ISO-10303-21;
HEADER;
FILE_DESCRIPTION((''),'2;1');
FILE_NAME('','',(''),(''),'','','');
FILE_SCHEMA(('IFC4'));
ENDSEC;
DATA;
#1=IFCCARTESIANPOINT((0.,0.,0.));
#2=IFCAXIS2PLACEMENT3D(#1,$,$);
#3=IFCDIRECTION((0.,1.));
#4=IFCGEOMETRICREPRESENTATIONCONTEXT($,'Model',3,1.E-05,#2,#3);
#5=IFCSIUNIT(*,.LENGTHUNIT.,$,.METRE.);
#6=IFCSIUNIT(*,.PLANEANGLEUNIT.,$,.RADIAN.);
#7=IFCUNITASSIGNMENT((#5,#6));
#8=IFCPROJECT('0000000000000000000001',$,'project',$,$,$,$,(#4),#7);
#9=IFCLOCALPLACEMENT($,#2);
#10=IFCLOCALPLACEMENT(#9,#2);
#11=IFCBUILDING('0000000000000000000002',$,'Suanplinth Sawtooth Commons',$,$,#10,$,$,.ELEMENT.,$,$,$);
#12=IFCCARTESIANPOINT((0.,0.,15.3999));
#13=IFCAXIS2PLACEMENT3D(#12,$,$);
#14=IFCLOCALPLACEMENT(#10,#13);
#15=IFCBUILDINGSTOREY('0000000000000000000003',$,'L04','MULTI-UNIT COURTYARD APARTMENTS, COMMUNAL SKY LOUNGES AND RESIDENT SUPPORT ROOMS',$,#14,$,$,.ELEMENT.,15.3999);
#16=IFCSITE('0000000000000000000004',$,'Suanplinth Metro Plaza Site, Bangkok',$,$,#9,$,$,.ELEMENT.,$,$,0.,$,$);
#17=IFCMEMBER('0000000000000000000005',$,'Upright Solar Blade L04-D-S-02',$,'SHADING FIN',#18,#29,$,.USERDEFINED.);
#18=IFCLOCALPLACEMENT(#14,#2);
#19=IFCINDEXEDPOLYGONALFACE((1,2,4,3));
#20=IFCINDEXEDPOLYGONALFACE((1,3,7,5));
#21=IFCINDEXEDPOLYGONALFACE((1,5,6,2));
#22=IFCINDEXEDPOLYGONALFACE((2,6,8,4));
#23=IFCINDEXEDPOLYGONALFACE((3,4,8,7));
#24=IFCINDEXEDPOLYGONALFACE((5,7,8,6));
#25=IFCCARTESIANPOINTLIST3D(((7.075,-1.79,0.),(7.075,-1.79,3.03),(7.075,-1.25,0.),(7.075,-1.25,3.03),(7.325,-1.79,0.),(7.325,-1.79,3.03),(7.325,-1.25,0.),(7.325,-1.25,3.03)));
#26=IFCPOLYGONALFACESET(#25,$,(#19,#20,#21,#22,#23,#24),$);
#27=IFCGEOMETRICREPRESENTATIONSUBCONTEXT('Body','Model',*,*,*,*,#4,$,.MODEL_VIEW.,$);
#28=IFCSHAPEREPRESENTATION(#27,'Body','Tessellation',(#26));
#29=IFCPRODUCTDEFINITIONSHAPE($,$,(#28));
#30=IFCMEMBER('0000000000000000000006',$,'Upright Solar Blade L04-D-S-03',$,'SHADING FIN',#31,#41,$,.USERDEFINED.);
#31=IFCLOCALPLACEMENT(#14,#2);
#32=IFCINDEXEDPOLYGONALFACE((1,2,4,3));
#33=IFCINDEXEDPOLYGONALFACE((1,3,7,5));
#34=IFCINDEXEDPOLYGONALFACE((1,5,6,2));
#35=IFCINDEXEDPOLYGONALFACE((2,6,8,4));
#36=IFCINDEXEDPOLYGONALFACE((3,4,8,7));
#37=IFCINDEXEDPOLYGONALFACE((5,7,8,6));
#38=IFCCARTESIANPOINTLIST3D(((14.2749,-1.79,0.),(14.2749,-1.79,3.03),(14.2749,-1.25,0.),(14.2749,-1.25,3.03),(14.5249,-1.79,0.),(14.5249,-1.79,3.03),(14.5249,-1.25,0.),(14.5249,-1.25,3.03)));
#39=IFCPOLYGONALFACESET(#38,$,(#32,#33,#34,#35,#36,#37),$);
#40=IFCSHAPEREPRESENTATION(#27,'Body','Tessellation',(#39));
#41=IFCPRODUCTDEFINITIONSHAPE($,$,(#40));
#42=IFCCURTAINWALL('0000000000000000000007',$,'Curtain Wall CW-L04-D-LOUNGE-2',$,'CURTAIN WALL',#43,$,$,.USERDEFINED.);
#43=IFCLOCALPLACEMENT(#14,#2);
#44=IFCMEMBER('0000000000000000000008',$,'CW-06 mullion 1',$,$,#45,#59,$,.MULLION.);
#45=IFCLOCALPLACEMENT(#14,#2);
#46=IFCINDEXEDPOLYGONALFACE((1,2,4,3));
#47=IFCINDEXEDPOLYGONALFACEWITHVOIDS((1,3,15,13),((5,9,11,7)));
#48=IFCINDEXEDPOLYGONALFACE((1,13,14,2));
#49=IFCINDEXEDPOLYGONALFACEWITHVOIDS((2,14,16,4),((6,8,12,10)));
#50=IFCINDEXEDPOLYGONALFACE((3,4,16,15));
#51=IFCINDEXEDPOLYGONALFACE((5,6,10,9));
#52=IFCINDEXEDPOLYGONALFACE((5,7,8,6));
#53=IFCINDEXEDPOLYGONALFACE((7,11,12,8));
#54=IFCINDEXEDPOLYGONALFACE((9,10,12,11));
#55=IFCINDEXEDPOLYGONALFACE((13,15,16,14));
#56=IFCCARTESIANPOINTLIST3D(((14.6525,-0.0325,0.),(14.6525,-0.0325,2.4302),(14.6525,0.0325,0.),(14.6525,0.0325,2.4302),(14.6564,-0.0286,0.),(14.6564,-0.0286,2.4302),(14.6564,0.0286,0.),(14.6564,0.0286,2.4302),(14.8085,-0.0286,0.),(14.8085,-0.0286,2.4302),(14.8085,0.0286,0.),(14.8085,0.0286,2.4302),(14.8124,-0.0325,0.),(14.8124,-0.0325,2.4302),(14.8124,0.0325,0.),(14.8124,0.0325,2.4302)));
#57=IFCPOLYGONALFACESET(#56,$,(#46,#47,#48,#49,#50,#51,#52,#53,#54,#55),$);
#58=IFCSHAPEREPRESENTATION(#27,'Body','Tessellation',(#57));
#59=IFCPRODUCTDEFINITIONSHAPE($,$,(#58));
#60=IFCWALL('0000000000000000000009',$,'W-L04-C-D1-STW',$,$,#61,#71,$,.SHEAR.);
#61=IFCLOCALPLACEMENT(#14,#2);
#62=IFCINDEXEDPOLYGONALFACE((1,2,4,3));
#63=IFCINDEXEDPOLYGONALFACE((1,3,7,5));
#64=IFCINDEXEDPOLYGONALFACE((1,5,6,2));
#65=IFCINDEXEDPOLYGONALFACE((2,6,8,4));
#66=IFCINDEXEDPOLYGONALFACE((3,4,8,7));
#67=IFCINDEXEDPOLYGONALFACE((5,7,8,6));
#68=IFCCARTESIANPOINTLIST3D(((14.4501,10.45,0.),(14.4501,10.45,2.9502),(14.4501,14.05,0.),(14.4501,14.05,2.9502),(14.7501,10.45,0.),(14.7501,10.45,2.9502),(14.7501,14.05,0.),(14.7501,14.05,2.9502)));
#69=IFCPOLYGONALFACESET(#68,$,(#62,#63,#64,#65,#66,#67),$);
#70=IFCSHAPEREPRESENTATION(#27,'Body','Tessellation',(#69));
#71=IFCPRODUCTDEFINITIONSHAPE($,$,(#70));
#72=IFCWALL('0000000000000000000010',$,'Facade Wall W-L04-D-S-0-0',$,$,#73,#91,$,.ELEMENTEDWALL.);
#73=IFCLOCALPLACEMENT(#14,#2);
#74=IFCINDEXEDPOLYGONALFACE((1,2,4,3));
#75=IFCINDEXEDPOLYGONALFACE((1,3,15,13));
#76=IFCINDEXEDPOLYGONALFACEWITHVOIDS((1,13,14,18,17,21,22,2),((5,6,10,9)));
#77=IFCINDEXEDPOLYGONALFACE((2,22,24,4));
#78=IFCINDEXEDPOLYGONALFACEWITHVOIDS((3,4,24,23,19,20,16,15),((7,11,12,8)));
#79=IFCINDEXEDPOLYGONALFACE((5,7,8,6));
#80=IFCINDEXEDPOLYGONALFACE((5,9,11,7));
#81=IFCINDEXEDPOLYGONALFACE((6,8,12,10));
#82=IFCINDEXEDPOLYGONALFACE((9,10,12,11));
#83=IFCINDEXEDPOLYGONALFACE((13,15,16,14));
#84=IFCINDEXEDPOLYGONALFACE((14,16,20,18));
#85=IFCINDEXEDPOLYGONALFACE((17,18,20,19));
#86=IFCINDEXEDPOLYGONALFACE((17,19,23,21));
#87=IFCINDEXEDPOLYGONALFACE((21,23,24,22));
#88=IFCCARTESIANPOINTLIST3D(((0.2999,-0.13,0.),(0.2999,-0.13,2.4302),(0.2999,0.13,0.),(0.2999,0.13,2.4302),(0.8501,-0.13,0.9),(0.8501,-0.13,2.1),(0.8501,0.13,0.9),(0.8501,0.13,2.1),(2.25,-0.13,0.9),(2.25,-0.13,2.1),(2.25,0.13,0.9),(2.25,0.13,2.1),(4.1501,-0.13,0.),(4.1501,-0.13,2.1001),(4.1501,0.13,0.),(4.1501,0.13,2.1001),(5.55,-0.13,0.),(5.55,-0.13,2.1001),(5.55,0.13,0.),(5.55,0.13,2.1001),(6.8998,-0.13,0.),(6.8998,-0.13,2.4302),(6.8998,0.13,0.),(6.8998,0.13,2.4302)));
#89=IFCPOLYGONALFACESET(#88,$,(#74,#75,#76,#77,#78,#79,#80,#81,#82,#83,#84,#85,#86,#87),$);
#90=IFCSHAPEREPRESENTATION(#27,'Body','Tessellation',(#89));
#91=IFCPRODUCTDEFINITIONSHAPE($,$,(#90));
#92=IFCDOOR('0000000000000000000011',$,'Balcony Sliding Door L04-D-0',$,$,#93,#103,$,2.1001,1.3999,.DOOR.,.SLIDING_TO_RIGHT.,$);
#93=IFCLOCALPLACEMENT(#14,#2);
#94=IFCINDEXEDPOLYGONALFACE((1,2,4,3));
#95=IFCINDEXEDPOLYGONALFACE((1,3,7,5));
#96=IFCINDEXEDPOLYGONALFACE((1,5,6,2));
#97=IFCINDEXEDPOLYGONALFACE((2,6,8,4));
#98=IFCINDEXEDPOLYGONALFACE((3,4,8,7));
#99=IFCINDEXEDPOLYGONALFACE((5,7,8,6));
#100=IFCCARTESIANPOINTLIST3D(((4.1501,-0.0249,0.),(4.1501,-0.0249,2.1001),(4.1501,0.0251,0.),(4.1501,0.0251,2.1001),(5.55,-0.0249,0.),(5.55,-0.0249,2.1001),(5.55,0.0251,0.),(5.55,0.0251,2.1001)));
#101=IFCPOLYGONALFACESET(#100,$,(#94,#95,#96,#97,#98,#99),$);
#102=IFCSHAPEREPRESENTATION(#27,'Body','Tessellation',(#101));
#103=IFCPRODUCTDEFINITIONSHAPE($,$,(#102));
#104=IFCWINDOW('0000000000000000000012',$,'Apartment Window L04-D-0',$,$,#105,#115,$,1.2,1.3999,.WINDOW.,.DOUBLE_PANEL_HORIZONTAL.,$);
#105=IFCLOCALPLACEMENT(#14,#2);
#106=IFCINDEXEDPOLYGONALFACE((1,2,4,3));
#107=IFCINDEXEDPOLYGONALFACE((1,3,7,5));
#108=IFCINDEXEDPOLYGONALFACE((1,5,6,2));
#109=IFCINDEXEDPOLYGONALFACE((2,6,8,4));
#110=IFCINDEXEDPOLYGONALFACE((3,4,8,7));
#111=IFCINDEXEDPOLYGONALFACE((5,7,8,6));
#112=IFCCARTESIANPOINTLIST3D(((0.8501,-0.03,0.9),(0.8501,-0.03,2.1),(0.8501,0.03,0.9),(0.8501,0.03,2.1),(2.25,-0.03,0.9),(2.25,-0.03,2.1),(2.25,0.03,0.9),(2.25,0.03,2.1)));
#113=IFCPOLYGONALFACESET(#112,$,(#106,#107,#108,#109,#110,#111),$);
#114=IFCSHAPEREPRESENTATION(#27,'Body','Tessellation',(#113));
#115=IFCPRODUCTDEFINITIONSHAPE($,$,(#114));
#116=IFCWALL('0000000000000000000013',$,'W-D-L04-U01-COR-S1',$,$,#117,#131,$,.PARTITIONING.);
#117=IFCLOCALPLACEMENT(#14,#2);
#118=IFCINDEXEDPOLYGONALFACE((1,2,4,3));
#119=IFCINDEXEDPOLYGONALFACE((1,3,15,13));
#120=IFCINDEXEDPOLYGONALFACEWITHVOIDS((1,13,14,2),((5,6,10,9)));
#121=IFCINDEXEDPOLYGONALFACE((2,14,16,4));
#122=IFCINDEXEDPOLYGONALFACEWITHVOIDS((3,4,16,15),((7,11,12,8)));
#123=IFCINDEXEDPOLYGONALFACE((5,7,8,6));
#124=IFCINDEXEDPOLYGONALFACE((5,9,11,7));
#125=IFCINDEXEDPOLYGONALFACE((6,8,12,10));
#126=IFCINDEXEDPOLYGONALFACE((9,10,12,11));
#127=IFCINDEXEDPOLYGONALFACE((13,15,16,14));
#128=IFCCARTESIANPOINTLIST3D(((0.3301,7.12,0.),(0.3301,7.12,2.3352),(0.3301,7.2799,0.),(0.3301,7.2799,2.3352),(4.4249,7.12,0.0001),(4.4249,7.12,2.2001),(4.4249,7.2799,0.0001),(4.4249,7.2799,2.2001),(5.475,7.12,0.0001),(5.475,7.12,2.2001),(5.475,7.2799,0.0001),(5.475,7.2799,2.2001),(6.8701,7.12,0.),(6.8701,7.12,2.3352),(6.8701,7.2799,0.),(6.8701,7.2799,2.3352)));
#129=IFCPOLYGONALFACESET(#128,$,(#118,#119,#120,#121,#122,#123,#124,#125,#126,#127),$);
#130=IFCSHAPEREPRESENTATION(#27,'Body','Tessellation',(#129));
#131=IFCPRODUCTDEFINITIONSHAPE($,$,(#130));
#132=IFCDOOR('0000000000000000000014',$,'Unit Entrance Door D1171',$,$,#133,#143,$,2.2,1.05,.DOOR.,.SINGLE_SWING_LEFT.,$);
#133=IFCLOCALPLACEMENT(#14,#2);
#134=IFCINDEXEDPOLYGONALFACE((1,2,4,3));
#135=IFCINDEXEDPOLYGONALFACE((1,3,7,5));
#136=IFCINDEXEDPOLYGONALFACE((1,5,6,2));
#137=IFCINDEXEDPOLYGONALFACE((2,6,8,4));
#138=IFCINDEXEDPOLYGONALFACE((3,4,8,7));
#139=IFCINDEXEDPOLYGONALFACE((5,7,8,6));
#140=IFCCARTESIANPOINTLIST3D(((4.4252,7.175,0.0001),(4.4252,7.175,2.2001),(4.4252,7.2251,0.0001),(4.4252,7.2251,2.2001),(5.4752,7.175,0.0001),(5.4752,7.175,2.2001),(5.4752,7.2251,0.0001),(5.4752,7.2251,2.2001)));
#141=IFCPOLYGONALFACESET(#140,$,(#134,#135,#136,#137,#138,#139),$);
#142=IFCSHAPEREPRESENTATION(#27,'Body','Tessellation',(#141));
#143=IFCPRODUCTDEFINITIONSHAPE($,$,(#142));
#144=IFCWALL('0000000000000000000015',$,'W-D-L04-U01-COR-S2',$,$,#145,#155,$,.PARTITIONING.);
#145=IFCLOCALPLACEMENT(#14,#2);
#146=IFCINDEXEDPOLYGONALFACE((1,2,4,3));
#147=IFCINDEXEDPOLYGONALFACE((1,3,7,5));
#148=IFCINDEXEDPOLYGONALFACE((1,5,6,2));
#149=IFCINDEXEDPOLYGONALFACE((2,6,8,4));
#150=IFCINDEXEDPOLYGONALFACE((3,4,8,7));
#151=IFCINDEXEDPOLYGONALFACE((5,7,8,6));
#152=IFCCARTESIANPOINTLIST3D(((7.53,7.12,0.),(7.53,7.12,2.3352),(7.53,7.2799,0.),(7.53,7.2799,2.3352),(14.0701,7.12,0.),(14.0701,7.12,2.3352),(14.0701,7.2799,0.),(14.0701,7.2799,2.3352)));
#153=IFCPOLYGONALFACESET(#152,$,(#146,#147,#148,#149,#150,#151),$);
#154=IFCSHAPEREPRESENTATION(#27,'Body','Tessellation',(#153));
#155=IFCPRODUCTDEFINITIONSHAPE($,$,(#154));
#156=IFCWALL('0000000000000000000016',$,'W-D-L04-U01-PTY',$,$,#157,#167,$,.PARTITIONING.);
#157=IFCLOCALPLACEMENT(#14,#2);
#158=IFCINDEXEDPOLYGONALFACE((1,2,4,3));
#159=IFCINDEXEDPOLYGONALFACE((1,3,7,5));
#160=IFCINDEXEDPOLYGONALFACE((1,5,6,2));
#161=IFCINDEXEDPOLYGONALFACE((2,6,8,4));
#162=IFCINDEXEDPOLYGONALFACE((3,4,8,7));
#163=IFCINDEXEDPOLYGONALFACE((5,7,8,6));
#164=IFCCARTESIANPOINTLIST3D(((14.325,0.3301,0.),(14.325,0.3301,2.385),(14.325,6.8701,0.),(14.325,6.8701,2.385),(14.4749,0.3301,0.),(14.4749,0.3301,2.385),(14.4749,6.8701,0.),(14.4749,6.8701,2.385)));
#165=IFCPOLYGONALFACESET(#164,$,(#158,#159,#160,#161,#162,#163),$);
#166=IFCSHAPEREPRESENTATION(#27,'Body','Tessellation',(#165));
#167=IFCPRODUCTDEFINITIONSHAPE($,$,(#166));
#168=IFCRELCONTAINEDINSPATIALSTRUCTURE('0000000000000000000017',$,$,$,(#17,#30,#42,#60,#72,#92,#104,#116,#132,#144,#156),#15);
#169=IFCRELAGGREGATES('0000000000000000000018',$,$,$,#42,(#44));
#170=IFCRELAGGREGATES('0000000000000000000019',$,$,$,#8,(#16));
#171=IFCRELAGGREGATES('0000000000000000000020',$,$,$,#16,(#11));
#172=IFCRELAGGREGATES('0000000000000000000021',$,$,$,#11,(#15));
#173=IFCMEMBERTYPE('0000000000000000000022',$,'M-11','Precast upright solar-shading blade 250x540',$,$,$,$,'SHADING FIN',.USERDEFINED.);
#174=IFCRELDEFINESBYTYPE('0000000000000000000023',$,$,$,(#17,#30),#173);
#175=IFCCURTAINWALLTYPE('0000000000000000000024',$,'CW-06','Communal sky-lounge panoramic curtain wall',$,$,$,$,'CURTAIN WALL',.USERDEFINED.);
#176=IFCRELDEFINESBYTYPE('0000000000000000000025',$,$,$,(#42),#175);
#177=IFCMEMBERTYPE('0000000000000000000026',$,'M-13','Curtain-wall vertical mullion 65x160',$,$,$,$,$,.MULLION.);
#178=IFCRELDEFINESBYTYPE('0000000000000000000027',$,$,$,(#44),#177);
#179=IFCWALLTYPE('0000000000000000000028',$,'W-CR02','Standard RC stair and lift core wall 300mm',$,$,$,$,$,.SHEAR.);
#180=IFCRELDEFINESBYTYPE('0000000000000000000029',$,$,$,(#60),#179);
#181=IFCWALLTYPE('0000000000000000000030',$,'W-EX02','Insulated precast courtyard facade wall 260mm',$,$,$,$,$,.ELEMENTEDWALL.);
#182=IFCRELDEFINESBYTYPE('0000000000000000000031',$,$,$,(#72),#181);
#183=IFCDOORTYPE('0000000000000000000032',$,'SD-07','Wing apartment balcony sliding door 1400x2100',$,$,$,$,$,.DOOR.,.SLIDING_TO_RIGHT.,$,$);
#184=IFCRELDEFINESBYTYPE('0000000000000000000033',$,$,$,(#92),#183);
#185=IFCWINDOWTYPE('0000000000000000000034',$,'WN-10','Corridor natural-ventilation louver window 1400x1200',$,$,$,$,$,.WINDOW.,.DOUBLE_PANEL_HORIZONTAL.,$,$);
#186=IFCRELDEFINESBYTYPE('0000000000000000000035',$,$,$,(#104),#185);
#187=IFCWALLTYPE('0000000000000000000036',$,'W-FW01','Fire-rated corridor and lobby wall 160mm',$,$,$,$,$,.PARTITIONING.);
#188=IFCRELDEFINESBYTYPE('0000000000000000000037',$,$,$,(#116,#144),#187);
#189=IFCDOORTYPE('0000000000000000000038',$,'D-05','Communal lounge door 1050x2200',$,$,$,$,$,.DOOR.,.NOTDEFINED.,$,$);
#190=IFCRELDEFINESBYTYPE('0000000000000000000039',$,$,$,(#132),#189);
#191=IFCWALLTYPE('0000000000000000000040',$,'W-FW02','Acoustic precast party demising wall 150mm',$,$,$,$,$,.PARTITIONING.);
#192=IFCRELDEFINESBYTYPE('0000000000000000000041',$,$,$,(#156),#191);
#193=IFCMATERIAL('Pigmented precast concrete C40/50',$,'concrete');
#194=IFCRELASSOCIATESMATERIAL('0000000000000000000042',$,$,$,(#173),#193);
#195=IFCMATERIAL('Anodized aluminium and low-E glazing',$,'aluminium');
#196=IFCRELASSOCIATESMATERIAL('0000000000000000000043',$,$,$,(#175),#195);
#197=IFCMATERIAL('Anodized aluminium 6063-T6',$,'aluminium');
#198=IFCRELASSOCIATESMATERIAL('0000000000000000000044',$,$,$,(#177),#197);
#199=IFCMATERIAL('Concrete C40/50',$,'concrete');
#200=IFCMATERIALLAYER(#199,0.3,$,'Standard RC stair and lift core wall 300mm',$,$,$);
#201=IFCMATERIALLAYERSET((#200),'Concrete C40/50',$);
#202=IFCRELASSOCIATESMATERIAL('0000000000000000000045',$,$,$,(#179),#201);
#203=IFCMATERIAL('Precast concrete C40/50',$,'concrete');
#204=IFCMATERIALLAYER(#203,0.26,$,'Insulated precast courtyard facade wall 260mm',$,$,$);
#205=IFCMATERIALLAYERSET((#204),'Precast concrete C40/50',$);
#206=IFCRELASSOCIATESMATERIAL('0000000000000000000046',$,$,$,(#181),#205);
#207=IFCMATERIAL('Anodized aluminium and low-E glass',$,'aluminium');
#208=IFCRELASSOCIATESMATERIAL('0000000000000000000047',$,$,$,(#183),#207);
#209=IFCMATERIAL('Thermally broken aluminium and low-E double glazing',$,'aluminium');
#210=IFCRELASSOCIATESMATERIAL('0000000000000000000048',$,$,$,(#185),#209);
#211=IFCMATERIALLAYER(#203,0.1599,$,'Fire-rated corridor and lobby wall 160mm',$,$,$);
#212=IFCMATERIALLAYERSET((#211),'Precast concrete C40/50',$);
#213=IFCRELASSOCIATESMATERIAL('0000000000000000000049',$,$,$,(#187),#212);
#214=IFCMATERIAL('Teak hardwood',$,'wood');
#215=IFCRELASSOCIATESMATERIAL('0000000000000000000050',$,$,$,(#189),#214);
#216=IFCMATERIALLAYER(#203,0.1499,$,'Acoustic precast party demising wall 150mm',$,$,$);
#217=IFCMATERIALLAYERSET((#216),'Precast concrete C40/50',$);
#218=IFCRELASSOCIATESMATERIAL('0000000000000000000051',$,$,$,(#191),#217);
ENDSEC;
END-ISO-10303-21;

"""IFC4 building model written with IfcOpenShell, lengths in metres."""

from ifc_helpers import new_model, si_unit, direction, frame, frame_2d, origin, origin_2d, place, context, subcontext, project, spatial, rectangle, hollow_rectangle, extrude, material, layer, layer_set, material_profile, profile_set, type_object, element, fill, aggregate, save


model = new_model("IFC4")

# Units and contexts
model_context = context("Model", 3, precision=1e-05, world=origin(), true_north=direction((0.0, 1.0)))
body_context = subcontext(model_context, "Body", "Model", "MODEL_VIEW")
ifc_project = project(units=[si_unit("LENGTHUNIT", "METRE"), si_unit("PLANEANGLEUNIT", "RADIAN")], contexts=[model_context])

# Site, building, storey
site_placement = place(None, origin())
site = spatial("IfcSite", under=ifc_project, at=site_placement, Name="Suanplinth Metro Plaza Site, Bangkok", CompositionType="ELEMENT", RefElevation=0.0)
building_placement = place(site_placement, origin())
building = spatial("IfcBuilding", under=site, at=building_placement, Name="Suanplinth Sawtooth Commons", CompositionType="ELEMENT")
storey_placement = place(building_placement, frame((0.0, 0.0, 15.3999)))
storey = spatial("IfcBuildingStorey", under=building, at=storey_placement, Name="L04", Description="MULTI-UNIT COURTYARD APARTMENTS, COMMUNAL SKY LOUNGES AND RESIDENT SUPPORT ROOMS", CompositionType="ELEMENT", Elevation=15.3999)

# Shared definitions
ifc_material_1 = material(Name="Precast concrete C40/50", Category="concrete")

# Members
ifc_material_2 = material(Name="Pigmented precast concrete C40/50", Category="concrete")
ifc_material_profile_1 = material_profile(ifc_material_2, rectangle(XDim=0.25, YDim=0.54, at=origin_2d()), Name="PC-FIN 250x540")
ifc_profile_set_1 = profile_set([ifc_material_profile_1], Name="Pigmented precast concrete C40/50")
member_type_1 = type_object("IfcMemberType", Name="M-11", Description="Precast upright solar-shading blade 250x540", ElementType="SHADING FIN", PredefinedType="USERDEFINED", material=ifc_profile_set_1)
for number, where, z_axis, x_axis, name in (
    (1, (7.2, -1.52, 0.0), (0.0, 0.0, 1.0), (1.0, 0.0, 0.0), "Upright Solar Blade L04-D-S-02"),
    (2, (14.3999, -1.52, 0.0), (0.0, 0.0, 1.0), (1.0, 0.0, 0.0), "Upright Solar Blade L04-D-S-03"),
):
    element("IfcMember", number, at=place(storey_placement, frame(where, z_axis=z_axis, x_axis=x_axis)), inside=storey, type_object=member_type_1, Name=name, ObjectType="SHADING FIN", PredefinedType="USERDEFINED", context=body_context, shape_type="SweptSolid", body=[
        extrude(rectangle(XDim=0.25, YDim=0.54, at=origin_2d()), origin(), (0.0, 0.0, 1.0), 3.03),
    ])

# Curtain wall, member
ifc_material_3 = material(Name="Anodized aluminium and low-E glazing", Category="aluminium")
curtain_wall_type = type_object("IfcCurtainWallType", Name="CW-06", Description="Communal sky-lounge panoramic curtain wall", ElementType="CURTAIN WALL", PredefinedType="USERDEFINED", material=ifc_material_3)
curtain_wall_placement = place(storey_placement, origin())
curtain_wall = element("IfcCurtainWall", 3, at=curtain_wall_placement, inside=storey, type_object=curtain_wall_type, Name="Curtain Wall CW-L04-D-LOUNGE-2", ObjectType="CURTAIN WALL", PredefinedType="USERDEFINED")
ifc_material_4 = material(Name="Anodized aluminium 6063-T6", Category="aluminium")
ifc_material_profile_2 = material_profile(ifc_material_4, hollow_rectangle(XDim=0.0649, YDim=0.1599, WallThickness=0.0039, at=origin_2d()), Name="ALU-MUL 65x160")
ifc_profile_set_2 = profile_set([ifc_material_profile_2], Name="Anodized aluminium 6063-T6")
member_type_2 = type_object("IfcMemberType", Name="M-13", Description="Curtain-wall vertical mullion 65x160", PredefinedType="MULLION", material=ifc_profile_set_2)
member_placement = place(storey_placement, frame((14.7324, 0.0, 0.0), z_axis=(0.0, 0.0, 1.0), x_axis=(0.0, 1.0, 0.0)))
member = element("IfcMember", 4, at=member_placement, type_object=member_type_2, Name="CW-06 mullion 1", PredefinedType="MULLION", context=body_context, shape_type="SweptSolid", body=[
    extrude(hollow_rectangle(XDim=0.0649, YDim=0.1599, WallThickness=0.0039, at=origin_2d()), origin(), (0.0, 0.0, 1.0), 2.4302),
])
aggregate(curtain_wall, [member])

# Wall
ifc_material_5 = material(Name="Concrete C40/50", Category="concrete")
ifc_layer_1 = layer(ifc_material_5, 0.3, Name="Standard RC stair and lift core wall 300mm")
ifc_layer_set_1 = layer_set([ifc_layer_1], Name="Concrete C40/50")
wall_type_1 = type_object("IfcWallType", Name="W-CR02", Description="Standard RC stair and lift core wall 300mm", PredefinedType="SHEAR", material=ifc_layer_set_1)
wall_1_placement = place(storey_placement, frame((14.6001, 10.45, 0.0), z_axis=(0.0, 0.0, 1.0), x_axis=(0.0, 1.0, 0.0)))
element("IfcWall", 5, at=wall_1_placement, inside=storey, type_object=wall_type_1, Name="W-L04-C-D1-STW", PredefinedType="SHEAR", context=body_context, shape_type="SweptSolid", body=[
    extrude(rectangle(XDim=3.6001, YDim=0.3, at=frame_2d((1.8, 0.0))), origin(), (0.0, 0.0, 1.0), 2.9502),
])

# Wall, openings, door, window
ifc_layer_2 = layer(ifc_material_1, 0.26, Name="Insulated precast courtyard facade wall 260mm")
ifc_layer_set_2 = layer_set([ifc_layer_2], Name="Precast concrete C40/50")
wall_type_2 = type_object("IfcWallType", Name="W-EX02", Description="Insulated precast courtyard facade wall 260mm", PredefinedType="ELEMENTEDWALL", material=ifc_layer_set_2)
wall_2_placement = place(storey_placement, frame((0.3, 0.0, 0.0), z_axis=(0.0, 0.0, 1.0), x_axis=(1.0, 0.0, 0.0)))
wall_2 = element("IfcWall", 6, at=wall_2_placement, inside=storey, type_object=wall_type_2, Name="Facade Wall W-L04-D-S-0-0", PredefinedType="ELEMENTEDWALL", context=body_context, shape_type="SweptSolid", body=[
    extrude(rectangle(XDim=6.5999, YDim=0.26, at=frame_2d((3.2998, 0.0))), origin(), (0.0, 0.0, 1.0), 2.4302),
])
opening_1_placement = place(wall_2_placement, frame((3.8501, 0.0, 0.0)))
opening_1 = element("IfcOpeningElement", 7, at=opening_1_placement, cuts=wall_2, PredefinedType="OPENING", context=body_context, shape_type="SweptSolid", body=[
    extrude(rectangle(XDim=1.3999, YDim=2.1001, at=frame_2d((0.7, 1.05))), frame((0.0, 0.145, 0.0), z_axis=(0.0, -1.0, 0.0), x_axis=(1.0, 0.0, 0.0)), (0.0, 0.0, 1.0), 0.2898),
])
opening_2_placement = place(wall_2_placement, frame((0.55, 0.0, 0.8999)))
opening_2 = element("IfcOpeningElement", 8, at=opening_2_placement, cuts=wall_2, PredefinedType="OPENING", context=body_context, shape_type="SweptSolid", body=[
    extrude(rectangle(XDim=1.3999, YDim=1.2, at=frame_2d((0.7, 0.6001))), frame((0.0, 0.145, 0.0), z_axis=(0.0, -1.0, 0.0), x_axis=(1.0, 0.0, 0.0)), (0.0, 0.0, 1.0), 0.2898),
])
ifc_material_6 = material(Name="Anodized aluminium and low-E glass", Category="aluminium")
door_type_1 = type_object("IfcDoorType", Name="SD-07", Description="Wing apartment balcony sliding door 1400x2100", OperationType="SLIDING_TO_RIGHT", PredefinedType="DOOR", material=ifc_material_6)
door_1_placement = place(opening_1_placement, frame((1.3999, 0.0, 0.0), z_axis=(0.0, 0.0, 1.0), x_axis=(-1.0, 0.0, 0.0)))
door_1 = element("IfcDoor", 9, at=door_1_placement, inside=storey, type_object=door_type_1, Name="Balcony Sliding Door L04-D-0", OperationType="SLIDING_TO_RIGHT", OverallHeight=2.1001, OverallWidth=1.3999, PredefinedType="DOOR", context=body_context, shape_type="SweptSolid", body=[
    extrude(rectangle(XDim=1.3999, YDim=2.1001, at=frame_2d((0.7, 1.05))), frame((0.0, 0.0249, 0.0), z_axis=(0.0, -1.0, 0.0), x_axis=(1.0, 0.0, 0.0)), (0.0, 0.0, 1.0), 0.05),
])
fill(opening_1, door_1)
ifc_material_7 = material(Name="Thermally broken aluminium and low-E double glazing", Category="aluminium")
window_type_1 = type_object("IfcWindowType", Name="WN-10", Description="Corridor natural-ventilation louver window 1400x1200", PartitioningType="DOUBLE_PANEL_HORIZONTAL", PredefinedType="WINDOW", material=ifc_material_7)
window_1_placement = place(opening_2_placement, origin())
window_1 = element("IfcWindow", 10, at=window_1_placement, inside=storey, type_object=window_type_1, Name="Apartment Window L04-D-0", OverallHeight=1.2, OverallWidth=1.3999, PartitioningType="DOUBLE_PANEL_HORIZONTAL", PredefinedType="WINDOW", context=body_context, shape_type="SweptSolid", body=[
    extrude(rectangle(XDim=1.3999, YDim=1.2, at=frame_2d((0.7, 0.6001))), frame((0.0, 0.03, 0.0), z_axis=(0.0, -1.0, 0.0), x_axis=(1.0, 0.0, 0.0)), (0.0, 0.0, 1.0), 0.0601),
])
fill(opening_2, window_1)

# Wall, opening, door
ifc_layer_3 = layer(ifc_material_1, 0.1599, Name="Fire-rated corridor and lobby wall 160mm")
ifc_layer_set_3 = layer_set([ifc_layer_3], Name="Precast concrete C40/50")
wall_type_3 = type_object("IfcWallType", Name="W-FW01", Description="Fire-rated corridor and lobby wall 160mm", PredefinedType="PARTITIONING", material=ifc_layer_set_3)
wall_3_placement = place(storey_placement, frame((0.3301, 7.2, 0.0), z_axis=(0.0, 0.0, 1.0), x_axis=(1.0, 0.0, 0.0)))
wall_3 = element("IfcWall", 11, at=wall_3_placement, inside=storey, type_object=wall_type_3, Name="W-D-L04-U01-COR-S1", PredefinedType="PARTITIONING", context=body_context, shape_type="SweptSolid", body=[
    extrude(rectangle(XDim=6.54, YDim=0.1599, at=frame_2d((3.27, 0.0))), origin(), (0.0, 0.0, 1.0), 2.3352),
])
opening_3_placement = place(wall_3_placement, frame((4.095, 0.0, 0.0)))
opening_3 = element("IfcOpeningElement", 12, at=opening_3_placement, cuts=wall_3, PredefinedType="OPENING", context=body_context, shape_type="SweptSolid", body=[
    extrude(rectangle(XDim=1.05, YDim=2.2, at=frame_2d((0.5249, 1.1001))), frame((0.0, 0.0947, 0.0), z_axis=(0.0, -1.0, 0.0), x_axis=(1.0, 0.0, 0.0)), (0.0, 0.0, 1.0), 0.1897),
])
ifc_material_8 = material(Name="Teak hardwood", Category="wood")
door_type_2 = type_object("IfcDoorType", Name="D-05", Description="Communal lounge door 1050x2200", OperationType="NOTDEFINED", PredefinedType="DOOR", material=ifc_material_8)
door_2_placement = place(opening_3_placement, frame((1.05, 0.0, 0.0), z_axis=(0.0, 0.0, 1.0), x_axis=(-1.0, 0.0, 0.0)))
door_2 = element("IfcDoor", 13, at=door_2_placement, inside=storey, type_object=door_type_2, Name="Unit Entrance Door D1171", OperationType="SINGLE_SWING_LEFT", OverallHeight=2.2, OverallWidth=1.05, PredefinedType="DOOR", context=body_context, shape_type="SweptSolid", body=[
    extrude(rectangle(XDim=1.05, YDim=2.2, at=frame_2d((0.5249, 1.1001))), frame((0.0, 0.0249, 0.0), z_axis=(0.0, -1.0, 0.0), x_axis=(1.0, 0.0, 0.0)), (0.0, 0.0, 1.0), 0.05),
])
fill(opening_3, door_2)

# Wall
wall_4_placement = place(storey_placement, frame((7.53, 7.2, 0.0), z_axis=(0.0, 0.0, 1.0), x_axis=(1.0, 0.0, 0.0)))
element("IfcWall", 14, at=wall_4_placement, inside=storey, type_object=wall_type_3, Name="W-D-L04-U01-COR-S2", PredefinedType="PARTITIONING", context=body_context, shape_type="SweptSolid", body=[
    extrude(rectangle(XDim=6.54, YDim=0.1599, at=frame_2d((3.27, 0.0))), origin(), (0.0, 0.0, 1.0), 2.3352),
])

# Wall
ifc_layer_4 = layer(ifc_material_1, 0.1499, Name="Acoustic precast party demising wall 150mm")
ifc_layer_set_4 = layer_set([ifc_layer_4], Name="Precast concrete C40/50")
wall_type_4 = type_object("IfcWallType", Name="W-FW02", Description="Acoustic precast party demising wall 150mm", PredefinedType="PARTITIONING", material=ifc_layer_set_4)
wall_5_placement = place(storey_placement, frame((14.3999, 0.3301, 0.0), z_axis=(0.0, 0.0, 1.0), x_axis=(0.0, 1.0, 0.0)))
element("IfcWall", 15, at=wall_5_placement, inside=storey, type_object=wall_type_4, Name="W-D-L04-U01-PTY", PredefinedType="PARTITIONING", context=body_context, shape_type="SweptSolid", body=[
    extrude(rectangle(XDim=6.54, YDim=0.1499, at=frame_2d((3.27, 0.0))), origin(), (0.0, 0.0, 1.0), 2.385),
])

save(model, "model.ifc")
